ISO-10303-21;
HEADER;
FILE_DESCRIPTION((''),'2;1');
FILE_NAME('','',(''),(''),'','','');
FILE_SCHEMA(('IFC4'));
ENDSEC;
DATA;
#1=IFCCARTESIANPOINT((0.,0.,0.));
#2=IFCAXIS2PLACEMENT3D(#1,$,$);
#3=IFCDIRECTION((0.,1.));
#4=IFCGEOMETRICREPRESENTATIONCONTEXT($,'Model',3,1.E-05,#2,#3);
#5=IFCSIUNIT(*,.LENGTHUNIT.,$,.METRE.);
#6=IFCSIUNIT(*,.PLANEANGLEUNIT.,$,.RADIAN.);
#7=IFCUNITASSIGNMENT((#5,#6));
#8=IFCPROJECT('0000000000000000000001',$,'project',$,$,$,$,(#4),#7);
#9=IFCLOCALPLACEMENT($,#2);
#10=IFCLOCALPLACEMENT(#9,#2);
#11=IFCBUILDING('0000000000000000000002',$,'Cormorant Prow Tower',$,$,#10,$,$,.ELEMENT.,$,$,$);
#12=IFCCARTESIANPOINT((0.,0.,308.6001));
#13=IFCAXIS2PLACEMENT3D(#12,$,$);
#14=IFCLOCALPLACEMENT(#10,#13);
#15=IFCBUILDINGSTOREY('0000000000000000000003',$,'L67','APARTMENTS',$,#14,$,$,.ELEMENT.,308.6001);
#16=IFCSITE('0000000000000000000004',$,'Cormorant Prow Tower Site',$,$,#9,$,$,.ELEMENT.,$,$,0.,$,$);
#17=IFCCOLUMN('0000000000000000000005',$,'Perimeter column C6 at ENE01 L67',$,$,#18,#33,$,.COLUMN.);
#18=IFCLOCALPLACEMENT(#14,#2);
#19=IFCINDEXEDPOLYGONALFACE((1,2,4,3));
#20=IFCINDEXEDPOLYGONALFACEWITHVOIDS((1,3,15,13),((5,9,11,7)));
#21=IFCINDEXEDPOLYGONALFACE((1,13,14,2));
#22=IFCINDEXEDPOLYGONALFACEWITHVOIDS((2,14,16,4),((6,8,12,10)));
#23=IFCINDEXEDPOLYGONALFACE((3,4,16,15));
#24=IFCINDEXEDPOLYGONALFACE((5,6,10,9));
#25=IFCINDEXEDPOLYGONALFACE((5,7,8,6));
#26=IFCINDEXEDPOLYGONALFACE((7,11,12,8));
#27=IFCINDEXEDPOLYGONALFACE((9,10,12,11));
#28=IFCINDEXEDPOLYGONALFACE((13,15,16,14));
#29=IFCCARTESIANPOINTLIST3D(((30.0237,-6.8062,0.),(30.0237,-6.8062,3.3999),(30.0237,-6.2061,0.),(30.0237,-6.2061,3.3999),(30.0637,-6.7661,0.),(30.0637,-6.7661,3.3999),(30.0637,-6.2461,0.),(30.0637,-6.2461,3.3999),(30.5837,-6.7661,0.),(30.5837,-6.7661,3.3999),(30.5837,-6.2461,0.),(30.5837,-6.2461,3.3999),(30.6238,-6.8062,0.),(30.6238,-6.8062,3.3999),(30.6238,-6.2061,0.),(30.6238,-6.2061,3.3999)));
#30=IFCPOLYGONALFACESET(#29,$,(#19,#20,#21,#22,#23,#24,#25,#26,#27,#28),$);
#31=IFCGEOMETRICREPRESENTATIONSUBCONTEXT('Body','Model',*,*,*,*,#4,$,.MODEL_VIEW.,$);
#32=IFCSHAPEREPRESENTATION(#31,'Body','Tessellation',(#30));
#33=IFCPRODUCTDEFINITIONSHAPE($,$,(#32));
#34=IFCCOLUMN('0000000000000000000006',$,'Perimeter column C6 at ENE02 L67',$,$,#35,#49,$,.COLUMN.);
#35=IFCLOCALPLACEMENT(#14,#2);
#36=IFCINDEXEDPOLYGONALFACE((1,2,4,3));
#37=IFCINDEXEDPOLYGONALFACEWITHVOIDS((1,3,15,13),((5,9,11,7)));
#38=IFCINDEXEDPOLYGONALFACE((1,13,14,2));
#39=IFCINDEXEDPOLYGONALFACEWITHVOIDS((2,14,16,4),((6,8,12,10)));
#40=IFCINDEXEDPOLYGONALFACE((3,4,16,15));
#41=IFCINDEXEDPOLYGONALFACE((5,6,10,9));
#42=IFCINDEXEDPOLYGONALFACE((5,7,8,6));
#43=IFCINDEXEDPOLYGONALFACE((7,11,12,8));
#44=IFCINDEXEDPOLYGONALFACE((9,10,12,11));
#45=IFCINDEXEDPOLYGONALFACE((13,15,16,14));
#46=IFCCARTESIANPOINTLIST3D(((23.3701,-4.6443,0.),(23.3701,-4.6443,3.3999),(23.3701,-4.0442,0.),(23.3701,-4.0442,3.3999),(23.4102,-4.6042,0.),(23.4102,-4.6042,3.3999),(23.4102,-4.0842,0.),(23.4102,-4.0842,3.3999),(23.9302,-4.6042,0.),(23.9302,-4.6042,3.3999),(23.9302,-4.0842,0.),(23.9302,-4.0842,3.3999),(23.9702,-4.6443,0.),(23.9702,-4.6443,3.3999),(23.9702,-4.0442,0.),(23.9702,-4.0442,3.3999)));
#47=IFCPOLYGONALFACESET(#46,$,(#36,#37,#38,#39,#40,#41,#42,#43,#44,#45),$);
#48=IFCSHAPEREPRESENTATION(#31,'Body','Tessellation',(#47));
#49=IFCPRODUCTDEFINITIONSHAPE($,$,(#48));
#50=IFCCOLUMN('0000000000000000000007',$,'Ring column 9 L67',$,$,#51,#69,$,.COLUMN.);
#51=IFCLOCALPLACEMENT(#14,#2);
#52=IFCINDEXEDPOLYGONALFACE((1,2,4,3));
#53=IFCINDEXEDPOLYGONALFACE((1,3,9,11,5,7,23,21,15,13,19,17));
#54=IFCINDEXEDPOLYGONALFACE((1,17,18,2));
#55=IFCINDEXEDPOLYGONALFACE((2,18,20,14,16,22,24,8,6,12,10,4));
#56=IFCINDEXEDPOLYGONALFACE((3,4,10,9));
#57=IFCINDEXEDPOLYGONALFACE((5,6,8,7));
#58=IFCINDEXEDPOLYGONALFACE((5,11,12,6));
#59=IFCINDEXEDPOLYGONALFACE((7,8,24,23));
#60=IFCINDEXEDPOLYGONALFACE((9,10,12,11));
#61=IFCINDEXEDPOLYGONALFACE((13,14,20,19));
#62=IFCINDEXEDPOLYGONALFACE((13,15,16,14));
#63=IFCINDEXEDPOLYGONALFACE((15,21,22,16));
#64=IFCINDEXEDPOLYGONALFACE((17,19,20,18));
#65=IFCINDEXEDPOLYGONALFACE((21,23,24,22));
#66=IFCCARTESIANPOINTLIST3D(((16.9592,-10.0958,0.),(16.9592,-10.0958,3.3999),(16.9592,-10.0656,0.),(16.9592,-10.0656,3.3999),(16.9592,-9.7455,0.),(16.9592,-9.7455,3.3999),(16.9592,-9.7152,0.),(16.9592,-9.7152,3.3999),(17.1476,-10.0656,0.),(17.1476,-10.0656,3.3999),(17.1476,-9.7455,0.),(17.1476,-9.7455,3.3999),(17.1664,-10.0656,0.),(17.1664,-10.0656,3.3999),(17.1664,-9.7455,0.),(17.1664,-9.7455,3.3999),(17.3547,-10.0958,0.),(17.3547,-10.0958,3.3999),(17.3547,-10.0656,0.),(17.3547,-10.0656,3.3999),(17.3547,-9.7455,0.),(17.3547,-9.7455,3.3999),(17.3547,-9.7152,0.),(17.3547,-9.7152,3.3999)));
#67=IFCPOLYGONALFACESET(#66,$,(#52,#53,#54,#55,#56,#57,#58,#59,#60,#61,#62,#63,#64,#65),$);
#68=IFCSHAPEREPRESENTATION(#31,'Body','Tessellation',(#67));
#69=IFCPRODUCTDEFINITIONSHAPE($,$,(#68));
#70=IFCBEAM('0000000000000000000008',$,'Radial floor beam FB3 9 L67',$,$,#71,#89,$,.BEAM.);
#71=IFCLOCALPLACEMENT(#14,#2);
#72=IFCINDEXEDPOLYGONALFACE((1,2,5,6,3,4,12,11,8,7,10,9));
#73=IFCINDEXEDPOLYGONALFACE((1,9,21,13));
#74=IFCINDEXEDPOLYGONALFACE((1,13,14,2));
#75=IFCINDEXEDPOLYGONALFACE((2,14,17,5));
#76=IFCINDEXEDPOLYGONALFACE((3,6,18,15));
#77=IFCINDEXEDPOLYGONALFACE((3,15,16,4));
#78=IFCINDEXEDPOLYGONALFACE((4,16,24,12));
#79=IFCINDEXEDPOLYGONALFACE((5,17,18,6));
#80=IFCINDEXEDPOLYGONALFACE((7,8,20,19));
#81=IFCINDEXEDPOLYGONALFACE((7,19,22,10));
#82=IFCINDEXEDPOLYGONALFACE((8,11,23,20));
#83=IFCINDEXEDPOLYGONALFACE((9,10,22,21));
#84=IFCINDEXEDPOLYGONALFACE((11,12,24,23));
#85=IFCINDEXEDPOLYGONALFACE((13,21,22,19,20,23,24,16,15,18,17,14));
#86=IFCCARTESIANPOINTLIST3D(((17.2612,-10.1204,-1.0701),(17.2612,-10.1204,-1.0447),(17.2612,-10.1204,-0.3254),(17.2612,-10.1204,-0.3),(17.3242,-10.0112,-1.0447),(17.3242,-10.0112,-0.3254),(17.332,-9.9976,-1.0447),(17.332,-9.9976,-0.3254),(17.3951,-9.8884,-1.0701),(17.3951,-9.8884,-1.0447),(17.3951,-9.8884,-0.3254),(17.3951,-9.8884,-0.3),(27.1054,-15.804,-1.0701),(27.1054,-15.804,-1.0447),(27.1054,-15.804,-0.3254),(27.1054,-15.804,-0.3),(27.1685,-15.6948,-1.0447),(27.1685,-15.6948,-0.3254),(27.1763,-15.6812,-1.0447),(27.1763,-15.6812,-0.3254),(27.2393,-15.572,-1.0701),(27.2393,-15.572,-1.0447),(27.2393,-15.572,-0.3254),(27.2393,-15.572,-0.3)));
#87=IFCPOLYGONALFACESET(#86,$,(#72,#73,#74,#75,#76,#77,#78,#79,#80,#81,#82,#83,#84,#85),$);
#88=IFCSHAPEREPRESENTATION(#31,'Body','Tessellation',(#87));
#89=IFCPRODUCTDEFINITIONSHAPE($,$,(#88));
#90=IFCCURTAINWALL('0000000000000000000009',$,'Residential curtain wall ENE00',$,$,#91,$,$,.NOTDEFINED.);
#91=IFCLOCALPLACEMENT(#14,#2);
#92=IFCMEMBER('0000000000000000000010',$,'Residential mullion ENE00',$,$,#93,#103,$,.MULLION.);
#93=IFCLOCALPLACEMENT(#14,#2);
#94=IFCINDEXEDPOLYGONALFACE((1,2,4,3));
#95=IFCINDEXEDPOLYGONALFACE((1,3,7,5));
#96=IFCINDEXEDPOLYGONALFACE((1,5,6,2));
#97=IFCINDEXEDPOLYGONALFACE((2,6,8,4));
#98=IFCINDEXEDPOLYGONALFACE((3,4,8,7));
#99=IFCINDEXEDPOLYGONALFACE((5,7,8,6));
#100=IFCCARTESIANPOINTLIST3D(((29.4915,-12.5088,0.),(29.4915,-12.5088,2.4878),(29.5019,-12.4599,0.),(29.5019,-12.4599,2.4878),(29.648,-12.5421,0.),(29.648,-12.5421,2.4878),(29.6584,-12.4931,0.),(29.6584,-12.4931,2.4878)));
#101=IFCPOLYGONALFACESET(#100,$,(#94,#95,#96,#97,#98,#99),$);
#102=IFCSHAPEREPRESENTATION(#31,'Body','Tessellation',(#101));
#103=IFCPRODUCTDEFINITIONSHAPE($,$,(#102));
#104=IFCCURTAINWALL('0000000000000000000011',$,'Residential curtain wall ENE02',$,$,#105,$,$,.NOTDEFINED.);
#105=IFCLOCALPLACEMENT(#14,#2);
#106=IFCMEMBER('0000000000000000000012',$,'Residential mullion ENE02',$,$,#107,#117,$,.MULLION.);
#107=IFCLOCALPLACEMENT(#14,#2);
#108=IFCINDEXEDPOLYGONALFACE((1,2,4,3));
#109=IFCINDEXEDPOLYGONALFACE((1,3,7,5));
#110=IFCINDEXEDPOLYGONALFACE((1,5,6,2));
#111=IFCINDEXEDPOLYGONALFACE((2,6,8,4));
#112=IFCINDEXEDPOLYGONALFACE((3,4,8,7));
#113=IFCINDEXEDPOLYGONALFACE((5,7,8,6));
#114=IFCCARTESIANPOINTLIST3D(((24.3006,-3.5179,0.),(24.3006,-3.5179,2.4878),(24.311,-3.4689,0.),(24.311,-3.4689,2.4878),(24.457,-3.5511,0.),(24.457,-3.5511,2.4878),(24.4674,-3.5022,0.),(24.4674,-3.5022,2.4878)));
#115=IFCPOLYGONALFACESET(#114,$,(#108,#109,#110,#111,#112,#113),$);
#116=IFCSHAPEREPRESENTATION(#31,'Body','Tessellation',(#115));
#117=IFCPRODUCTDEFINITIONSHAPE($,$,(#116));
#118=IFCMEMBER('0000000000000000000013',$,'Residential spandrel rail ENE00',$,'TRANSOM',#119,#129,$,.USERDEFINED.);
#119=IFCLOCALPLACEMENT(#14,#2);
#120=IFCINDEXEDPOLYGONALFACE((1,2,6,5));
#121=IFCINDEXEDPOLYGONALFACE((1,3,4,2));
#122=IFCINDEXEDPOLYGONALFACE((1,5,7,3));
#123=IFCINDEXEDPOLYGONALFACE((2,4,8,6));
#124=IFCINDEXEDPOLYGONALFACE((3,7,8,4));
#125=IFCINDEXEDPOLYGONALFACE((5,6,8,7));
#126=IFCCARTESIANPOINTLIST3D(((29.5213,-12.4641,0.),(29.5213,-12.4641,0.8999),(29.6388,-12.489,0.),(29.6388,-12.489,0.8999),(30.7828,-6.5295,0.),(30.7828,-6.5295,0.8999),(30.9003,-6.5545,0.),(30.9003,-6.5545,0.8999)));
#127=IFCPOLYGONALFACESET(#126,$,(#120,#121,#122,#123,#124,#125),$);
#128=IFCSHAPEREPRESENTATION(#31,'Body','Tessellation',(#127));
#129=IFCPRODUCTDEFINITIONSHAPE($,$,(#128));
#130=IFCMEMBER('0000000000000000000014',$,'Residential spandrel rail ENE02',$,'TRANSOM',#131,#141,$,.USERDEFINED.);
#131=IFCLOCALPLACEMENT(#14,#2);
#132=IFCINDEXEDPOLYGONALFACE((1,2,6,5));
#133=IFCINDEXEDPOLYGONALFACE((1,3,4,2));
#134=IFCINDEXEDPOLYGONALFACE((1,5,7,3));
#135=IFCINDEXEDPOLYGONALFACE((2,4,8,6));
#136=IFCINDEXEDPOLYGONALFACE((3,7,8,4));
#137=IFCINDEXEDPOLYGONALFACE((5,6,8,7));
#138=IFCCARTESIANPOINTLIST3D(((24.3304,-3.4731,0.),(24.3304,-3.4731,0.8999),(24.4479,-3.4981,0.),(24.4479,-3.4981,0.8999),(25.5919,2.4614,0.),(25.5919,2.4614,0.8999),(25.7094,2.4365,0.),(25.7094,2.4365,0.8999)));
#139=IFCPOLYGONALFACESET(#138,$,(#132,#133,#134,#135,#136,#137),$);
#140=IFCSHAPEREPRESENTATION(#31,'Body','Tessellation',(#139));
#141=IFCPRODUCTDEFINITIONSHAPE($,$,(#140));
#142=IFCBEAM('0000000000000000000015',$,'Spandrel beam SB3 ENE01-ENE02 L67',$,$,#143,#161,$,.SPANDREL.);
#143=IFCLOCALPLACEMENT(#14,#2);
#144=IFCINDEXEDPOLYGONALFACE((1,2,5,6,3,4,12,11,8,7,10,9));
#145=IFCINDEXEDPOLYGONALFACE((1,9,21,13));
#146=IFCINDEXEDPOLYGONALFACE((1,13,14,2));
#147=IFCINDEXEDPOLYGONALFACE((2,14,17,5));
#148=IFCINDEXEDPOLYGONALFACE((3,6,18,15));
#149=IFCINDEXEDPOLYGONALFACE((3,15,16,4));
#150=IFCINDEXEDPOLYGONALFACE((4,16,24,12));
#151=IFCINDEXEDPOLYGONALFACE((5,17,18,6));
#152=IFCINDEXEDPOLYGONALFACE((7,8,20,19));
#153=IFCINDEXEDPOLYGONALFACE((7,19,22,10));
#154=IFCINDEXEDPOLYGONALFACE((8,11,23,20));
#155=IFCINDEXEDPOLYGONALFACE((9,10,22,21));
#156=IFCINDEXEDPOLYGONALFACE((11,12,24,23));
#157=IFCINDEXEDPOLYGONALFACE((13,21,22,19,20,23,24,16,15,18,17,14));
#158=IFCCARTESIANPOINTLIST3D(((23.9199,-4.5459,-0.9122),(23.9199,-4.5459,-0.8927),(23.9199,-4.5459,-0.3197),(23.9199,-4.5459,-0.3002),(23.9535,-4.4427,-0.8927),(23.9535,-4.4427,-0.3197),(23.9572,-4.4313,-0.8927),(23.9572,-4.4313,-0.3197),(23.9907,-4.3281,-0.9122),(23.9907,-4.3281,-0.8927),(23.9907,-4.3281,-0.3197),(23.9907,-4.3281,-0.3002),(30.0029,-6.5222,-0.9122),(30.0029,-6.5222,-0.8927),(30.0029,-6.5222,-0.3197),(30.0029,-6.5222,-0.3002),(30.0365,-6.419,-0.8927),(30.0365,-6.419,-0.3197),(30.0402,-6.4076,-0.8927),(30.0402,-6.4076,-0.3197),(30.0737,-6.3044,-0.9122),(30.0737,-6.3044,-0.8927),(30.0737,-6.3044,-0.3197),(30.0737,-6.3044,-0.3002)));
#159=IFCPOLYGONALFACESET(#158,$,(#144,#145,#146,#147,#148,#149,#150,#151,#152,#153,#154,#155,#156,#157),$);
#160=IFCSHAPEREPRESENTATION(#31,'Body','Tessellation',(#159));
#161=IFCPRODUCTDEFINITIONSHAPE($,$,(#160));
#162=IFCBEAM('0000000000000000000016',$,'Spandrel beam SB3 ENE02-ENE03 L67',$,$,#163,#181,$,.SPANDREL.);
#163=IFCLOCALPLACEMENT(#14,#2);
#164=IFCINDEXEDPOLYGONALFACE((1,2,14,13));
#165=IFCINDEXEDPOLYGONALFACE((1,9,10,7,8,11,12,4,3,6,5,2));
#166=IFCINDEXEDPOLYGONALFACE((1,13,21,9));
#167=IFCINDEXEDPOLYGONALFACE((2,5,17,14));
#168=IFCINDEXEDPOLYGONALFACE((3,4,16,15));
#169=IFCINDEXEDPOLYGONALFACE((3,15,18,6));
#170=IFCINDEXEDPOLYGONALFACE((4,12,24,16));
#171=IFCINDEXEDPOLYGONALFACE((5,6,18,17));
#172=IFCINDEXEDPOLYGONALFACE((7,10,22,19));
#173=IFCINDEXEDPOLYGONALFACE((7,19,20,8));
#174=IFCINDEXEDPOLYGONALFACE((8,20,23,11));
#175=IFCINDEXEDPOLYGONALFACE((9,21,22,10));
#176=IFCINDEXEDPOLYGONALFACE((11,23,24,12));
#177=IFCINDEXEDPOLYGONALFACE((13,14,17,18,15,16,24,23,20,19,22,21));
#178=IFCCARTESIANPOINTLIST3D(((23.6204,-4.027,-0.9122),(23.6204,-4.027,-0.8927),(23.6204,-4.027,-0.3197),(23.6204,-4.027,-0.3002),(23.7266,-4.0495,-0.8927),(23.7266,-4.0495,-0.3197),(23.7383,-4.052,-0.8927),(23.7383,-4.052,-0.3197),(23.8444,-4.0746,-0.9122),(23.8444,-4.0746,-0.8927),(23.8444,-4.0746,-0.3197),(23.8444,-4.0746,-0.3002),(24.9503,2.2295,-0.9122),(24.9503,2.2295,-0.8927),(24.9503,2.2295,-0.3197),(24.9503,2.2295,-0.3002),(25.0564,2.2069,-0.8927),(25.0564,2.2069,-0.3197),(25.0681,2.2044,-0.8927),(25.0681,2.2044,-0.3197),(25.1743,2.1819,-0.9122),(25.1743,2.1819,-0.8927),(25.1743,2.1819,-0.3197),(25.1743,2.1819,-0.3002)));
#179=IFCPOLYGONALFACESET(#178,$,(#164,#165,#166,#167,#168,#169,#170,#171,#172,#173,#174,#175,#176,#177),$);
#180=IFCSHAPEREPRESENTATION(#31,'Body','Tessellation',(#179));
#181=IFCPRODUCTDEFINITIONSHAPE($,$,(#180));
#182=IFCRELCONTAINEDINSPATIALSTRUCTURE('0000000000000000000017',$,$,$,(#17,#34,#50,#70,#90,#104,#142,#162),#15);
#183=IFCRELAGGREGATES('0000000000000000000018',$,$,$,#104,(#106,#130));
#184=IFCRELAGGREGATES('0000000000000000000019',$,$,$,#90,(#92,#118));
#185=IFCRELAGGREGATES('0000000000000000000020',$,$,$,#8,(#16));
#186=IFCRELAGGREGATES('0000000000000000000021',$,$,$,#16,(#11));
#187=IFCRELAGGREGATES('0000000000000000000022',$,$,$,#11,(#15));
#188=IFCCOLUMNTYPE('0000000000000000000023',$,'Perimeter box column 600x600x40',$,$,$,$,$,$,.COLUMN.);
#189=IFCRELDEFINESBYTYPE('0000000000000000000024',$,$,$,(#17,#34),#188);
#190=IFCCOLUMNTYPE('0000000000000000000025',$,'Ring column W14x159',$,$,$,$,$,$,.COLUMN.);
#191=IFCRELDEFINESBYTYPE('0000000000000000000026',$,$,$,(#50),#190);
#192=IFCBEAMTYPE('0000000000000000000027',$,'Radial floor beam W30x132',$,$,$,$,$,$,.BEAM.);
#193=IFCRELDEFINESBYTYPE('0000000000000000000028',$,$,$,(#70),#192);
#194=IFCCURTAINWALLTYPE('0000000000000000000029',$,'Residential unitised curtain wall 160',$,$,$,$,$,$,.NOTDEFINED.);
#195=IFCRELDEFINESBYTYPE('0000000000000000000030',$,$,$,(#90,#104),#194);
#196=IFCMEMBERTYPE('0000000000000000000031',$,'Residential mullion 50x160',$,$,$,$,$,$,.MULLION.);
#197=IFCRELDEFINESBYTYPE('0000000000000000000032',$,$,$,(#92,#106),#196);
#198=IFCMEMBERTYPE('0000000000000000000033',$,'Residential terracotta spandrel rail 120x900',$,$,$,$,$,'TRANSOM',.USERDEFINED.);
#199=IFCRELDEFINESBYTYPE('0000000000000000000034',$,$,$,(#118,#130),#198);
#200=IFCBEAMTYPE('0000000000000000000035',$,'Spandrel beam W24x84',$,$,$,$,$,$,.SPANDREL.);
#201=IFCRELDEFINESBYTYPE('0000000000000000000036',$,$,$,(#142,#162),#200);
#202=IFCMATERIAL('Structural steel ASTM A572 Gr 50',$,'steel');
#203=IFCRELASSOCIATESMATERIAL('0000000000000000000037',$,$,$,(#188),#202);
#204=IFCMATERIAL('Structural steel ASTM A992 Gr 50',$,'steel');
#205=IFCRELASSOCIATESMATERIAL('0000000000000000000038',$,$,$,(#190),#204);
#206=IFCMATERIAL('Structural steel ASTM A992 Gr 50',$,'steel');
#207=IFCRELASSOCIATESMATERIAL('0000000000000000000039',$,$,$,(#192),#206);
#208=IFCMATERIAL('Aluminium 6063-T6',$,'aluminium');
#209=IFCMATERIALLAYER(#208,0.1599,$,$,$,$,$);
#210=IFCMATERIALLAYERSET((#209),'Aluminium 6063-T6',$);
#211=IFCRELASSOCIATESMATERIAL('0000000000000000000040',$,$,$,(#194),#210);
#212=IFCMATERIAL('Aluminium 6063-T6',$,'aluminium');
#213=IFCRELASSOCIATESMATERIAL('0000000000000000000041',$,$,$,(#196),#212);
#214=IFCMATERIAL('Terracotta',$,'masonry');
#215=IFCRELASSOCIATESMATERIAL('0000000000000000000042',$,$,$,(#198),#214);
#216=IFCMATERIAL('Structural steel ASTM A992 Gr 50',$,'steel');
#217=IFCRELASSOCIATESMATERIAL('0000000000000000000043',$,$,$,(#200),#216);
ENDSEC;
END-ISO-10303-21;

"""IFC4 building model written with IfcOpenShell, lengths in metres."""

from ifc_helpers import new_model, si_unit, direction, frame, origin, origin_2d, place, context, subcontext, project, spatial, rectangle, hollow_rectangle, i_section, extrude, material, layer, layer_set, material_profile, profile_set, type_object, element, aggregate, save


model = new_model("IFC4")

# Units and contexts
model_context = context("Model", 3, precision=1e-05, world=origin(), true_north=direction((0.0, 1.0)))
body_context = subcontext(model_context, "Body", "Model", "MODEL_VIEW")
ifc_project = project(units=[si_unit("LENGTHUNIT", "METRE"), si_unit("PLANEANGLEUNIT", "RADIAN")], contexts=[model_context])

# Site, building, storey
site_placement = place(None, origin())
site = spatial("IfcSite", under=ifc_project, at=site_placement, Name="Cormorant Prow Tower Site", CompositionType="ELEMENT", RefElevation=0.0)
building_placement = place(site_placement, origin())
building = spatial("IfcBuilding", under=site, at=building_placement, Name="Cormorant Prow Tower", CompositionType="ELEMENT")
storey_placement = place(building_placement, frame((0.0, 0.0, 308.6001)))
storey = spatial("IfcBuildingStorey", under=building, at=storey_placement, Name="L67", Description="APARTMENTS", CompositionType="ELEMENT", Elevation=308.6001)

# Columns
ifc_material_1 = material(Name="Structural steel ASTM A572 Gr 50", Category="steel")
ifc_material_profile_1 = material_profile(ifc_material_1, hollow_rectangle(XDim=0.6001, YDim=0.6001, WallThickness=0.04, at=origin_2d()), Name="Box 600x600x40")
ifc_profile_set_1 = profile_set([ifc_material_profile_1], Name="Structural steel ASTM A572 Gr 50")
column_type_1 = type_object("IfcColumnType", Name="Perimeter box column 600x600x40", PredefinedType="COLUMN", material=ifc_profile_set_1)
for number, where, z_axis, x_axis, name in (
    (1, (30.3237, -6.5061, 0.0), (0.0, 0.0, 1.0), (1.0, 0.0, 0.0), "Perimeter column C6 at ENE01 L67"),
    (2, (23.6702, -4.3442, 0.0), (0.0, 0.0, 1.0), (1.0, 0.0, 0.0), "Perimeter column C6 at ENE02 L67"),
):
    element("IfcColumn", number, at=place(storey_placement, frame(where, z_axis=z_axis, x_axis=x_axis)), inside=storey, type_object=column_type_1, Name=name, PredefinedType="COLUMN", context=body_context, shape_type="SweptSolid", body=[
        extrude(hollow_rectangle(XDim=0.6001, YDim=0.6001, WallThickness=0.04, at=origin_2d()), origin(), (0.0, 0.0, 1.0), 3.3999),
    ])
ifc_material_2 = material(Name="Structural steel ASTM A992 Gr 50", Category="steel")
ifc_material_profile_2 = material_profile(ifc_material_2, i_section(OverallWidth=0.3955, OverallDepth=0.3806, WebThickness=0.0188, FlangeThickness=0.0303, at=origin_2d()), Name="W14x159")
ifc_profile_set_2 = profile_set([ifc_material_profile_2], Name="Structural steel ASTM A992 Gr 50")
column_type_2 = type_object("IfcColumnType", Name="Ring column W14x159", PredefinedType="COLUMN", material=ifc_profile_set_2)
column_placement = place(storey_placement, frame((17.157, -9.9055, 0.0), z_axis=(0.0, 0.0, 1.0), x_axis=(1.0, 0.0, 0.0)))
element("IfcColumn", 3, at=column_placement, inside=storey, type_object=column_type_2, Name="Ring column 9 L67", PredefinedType="COLUMN", context=body_context, shape_type="SweptSolid", body=[
    extrude(i_section(OverallWidth=0.3955, OverallDepth=0.3806, WebThickness=0.0188, FlangeThickness=0.0303, at=origin_2d()), origin(), (0.0, 0.0, 1.0), 3.3999),
])

# Beam
ifc_material_3 = material(Name="Structural steel ASTM A992 Gr 50", Category="steel")
ifc_material_profile_3 = material_profile(ifc_material_3, i_section(OverallWidth=0.2678, OverallDepth=0.77, WebThickness=0.0156, FlangeThickness=0.0254, at=origin_2d()), Name="W30x132")
ifc_profile_set_3 = profile_set([ifc_material_profile_3], Name="Structural steel ASTM A992 Gr 50")
beam_type_1 = type_object("IfcBeamType", Name="Radial floor beam W30x132", PredefinedType="BEAM", material=ifc_profile_set_3)
beam_1_placement = place(storey_placement, frame((17.3281, -10.0044, -0.6851), z_axis=(0.866025, -0.500001, 0.0), x_axis=(0.500001, 0.866025, 0.0)))
element("IfcBeam", 4, at=beam_1_placement, inside=storey, type_object=beam_type_1, Name="Radial floor beam FB3 9 L67", PredefinedType="BEAM", context=body_context, shape_type="SweptSolid", body=[
    extrude(i_section(OverallWidth=0.2678, OverallDepth=0.77, WebThickness=0.0156, FlangeThickness=0.0254, at=origin_2d()), origin(), (0.0, 0.0, 1.0), 11.3672),
])

# Curtain walls, members
ifc_material_4 = material(Name="Aluminium 6063-T6", Category="aluminium")
ifc_layer_1 = layer(ifc_material_4, 0.1599)
ifc_layer_set_1 = layer_set([ifc_layer_1], Name="Aluminium 6063-T6")
curtain_wall_type = type_object("IfcCurtainWallType", Name="Residential unitised curtain wall 160", PredefinedType="NOTDEFINED", material=ifc_layer_set_1)
curtain_wall_1_placement = place(storey_placement, origin())
curtain_wall_1 = element("IfcCurtainWall", 5, at=curtain_wall_1_placement, inside=storey, type_object=curtain_wall_type, Name="Residential curtain wall ENE00", PredefinedType="NOTDEFINED")
ifc_material_5 = material(Name="Aluminium 6063-T6", Category="aluminium")
ifc_material_profile_4 = material_profile(ifc_material_5, rectangle(XDim=0.1599, YDim=0.05, at=origin_2d()), Name="Residential mullion 50x160")
ifc_profile_set_4 = profile_set([ifc_material_profile_4], Name="Aluminium 6063-T6")
member_type_1 = type_object("IfcMemberType", Name="Residential mullion 50x160", PredefinedType="MULLION", material=ifc_profile_set_4)
member_1_placement = place(storey_placement, frame((29.575, -12.501, 0.0), z_axis=(0.0, 0.0, 1.0), x_axis=(-0.978148, 0.207912, 0.0)))
member_1 = element("IfcMember", 6, at=member_1_placement, type_object=member_type_1, Name="Residential mullion ENE00", PredefinedType="MULLION", context=body_context, shape_type="SweptSolid", body=[
    extrude(rectangle(XDim=0.1599, YDim=0.05, at=origin_2d()), origin(), (0.0, 0.0, 1.0), 2.4878),
])
curtain_wall_2_placement = place(storey_placement, origin())
curtain_wall_2 = element("IfcCurtainWall", 7, at=curtain_wall_2_placement, inside=storey, type_object=curtain_wall_type, Name="Residential curtain wall ENE02", PredefinedType="NOTDEFINED")
member_2_placement = place(storey_placement, frame((24.384, -3.51, 0.0), z_axis=(0.0, 0.0, 1.0), x_axis=(-0.978148, 0.207912, 0.0)))
member_2 = element("IfcMember", 8, at=member_2_placement, type_object=member_type_1, Name="Residential mullion ENE02", PredefinedType="MULLION", context=body_context, shape_type="SweptSolid", body=[
    extrude(rectangle(XDim=0.1599, YDim=0.05, at=origin_2d()), origin(), (0.0, 0.0, 1.0), 2.4878),
])

# Members
ifc_material_6 = material(Name="Terracotta", Category="masonry")
ifc_material_profile_5 = material_profile(ifc_material_6, rectangle(XDim=0.1201, YDim=0.8999, at=origin_2d()), Name="Residential terracotta spandrel rail 120x900")
ifc_profile_set_5 = profile_set([ifc_material_profile_5], Name="Terracotta")
member_type_2 = type_object("IfcMemberType", Name="Residential terracotta spandrel rail 120x900", ElementType="TRANSOM", PredefinedType="USERDEFINED", material=ifc_profile_set_5)
member_3_placement = place(storey_placement, frame((29.5801, -12.4766, 0.45), z_axis=(0.207918, 0.978146, 0.0), x_axis=(-0.978146, 0.207918, 0.0)))
member_3 = element("IfcMember", 9, at=member_3_placement, type_object=member_type_2, Name="Residential spandrel rail ENE00", ObjectType="TRANSOM", PredefinedType="USERDEFINED", context=body_context, shape_type="SweptSolid", body=[
    extrude(rectangle(XDim=0.1201, YDim=0.8999, at=origin_2d()), origin(), (0.0, 0.0, 1.0), 6.0671),
])
member_4_placement = place(storey_placement, frame((24.3892, -3.4856, 0.45), z_axis=(0.207918, 0.978146, 0.0), x_axis=(-0.978146, 0.207918, 0.0)))
member_4 = element("IfcMember", 10, at=member_4_placement, type_object=member_type_2, Name="Residential spandrel rail ENE02", ObjectType="TRANSOM", PredefinedType="USERDEFINED", context=body_context, shape_type="SweptSolid", body=[
    extrude(rectangle(XDim=0.1201, YDim=0.8999, at=origin_2d()), origin(), (0.0, 0.0, 1.0), 6.0671),
])
aggregate(curtain_wall_2, [member_2, member_4])

# Beams
ifc_material_7 = material(Name="Structural steel ASTM A992 Gr 50", Category="steel")
ifc_material_profile_6 = material_profile(ifc_material_7, i_section(OverallWidth=0.229, OverallDepth=0.6121, WebThickness=0.012, FlangeThickness=0.0195, at=origin_2d()), Name="W24x84")
ifc_profile_set_6 = profile_set([ifc_material_profile_6], Name="Structural steel ASTM A992 Gr 50")
beam_type_2 = type_object("IfcBeamType", Name="Spandrel beam W24x84", PredefinedType="SPANDREL", material=ifc_profile_set_6)
beam_2_placement = place(storey_placement, frame((30.0383, -6.4133, -0.6062), z_axis=(-0.951064, 0.308993, 0.0), x_axis=(-0.308993, -0.951064, 0.0)))
element("IfcBeam", 11, at=beam_2_placement, inside=storey, type_object=beam_type_2, Name="Spandrel beam SB3 ENE01-ENE02 L67", PredefinedType="SPANDREL", context=body_context, shape_type="SweptSolid", body=[
    extrude(i_section(OverallWidth=0.229, OverallDepth=0.6121, WebThickness=0.012, FlangeThickness=0.0195, at=origin_2d()), origin(), (0.0, 0.0, 1.0), 6.396),
])
beam_3_placement = place(storey_placement, frame((23.7324, -4.0508, -0.6062), z_axis=(0.207913, 0.978147, 0.0), x_axis=(-0.978147, 0.207913, 0.0)))
element("IfcBeam", 12, at=beam_3_placement, inside=storey, type_object=beam_type_2, Name="Spandrel beam SB3 ENE02-ENE03 L67", PredefinedType="SPANDREL", context=body_context, shape_type="SweptSolid", body=[
    extrude(i_section(OverallWidth=0.229, OverallDepth=0.6121, WebThickness=0.012, FlangeThickness=0.0195, at=origin_2d()), origin(), (0.0, 0.0, 1.0), 6.3962),
])

aggregate(curtain_wall_1, [member_1, member_3])

save(model, "model.ifc")
